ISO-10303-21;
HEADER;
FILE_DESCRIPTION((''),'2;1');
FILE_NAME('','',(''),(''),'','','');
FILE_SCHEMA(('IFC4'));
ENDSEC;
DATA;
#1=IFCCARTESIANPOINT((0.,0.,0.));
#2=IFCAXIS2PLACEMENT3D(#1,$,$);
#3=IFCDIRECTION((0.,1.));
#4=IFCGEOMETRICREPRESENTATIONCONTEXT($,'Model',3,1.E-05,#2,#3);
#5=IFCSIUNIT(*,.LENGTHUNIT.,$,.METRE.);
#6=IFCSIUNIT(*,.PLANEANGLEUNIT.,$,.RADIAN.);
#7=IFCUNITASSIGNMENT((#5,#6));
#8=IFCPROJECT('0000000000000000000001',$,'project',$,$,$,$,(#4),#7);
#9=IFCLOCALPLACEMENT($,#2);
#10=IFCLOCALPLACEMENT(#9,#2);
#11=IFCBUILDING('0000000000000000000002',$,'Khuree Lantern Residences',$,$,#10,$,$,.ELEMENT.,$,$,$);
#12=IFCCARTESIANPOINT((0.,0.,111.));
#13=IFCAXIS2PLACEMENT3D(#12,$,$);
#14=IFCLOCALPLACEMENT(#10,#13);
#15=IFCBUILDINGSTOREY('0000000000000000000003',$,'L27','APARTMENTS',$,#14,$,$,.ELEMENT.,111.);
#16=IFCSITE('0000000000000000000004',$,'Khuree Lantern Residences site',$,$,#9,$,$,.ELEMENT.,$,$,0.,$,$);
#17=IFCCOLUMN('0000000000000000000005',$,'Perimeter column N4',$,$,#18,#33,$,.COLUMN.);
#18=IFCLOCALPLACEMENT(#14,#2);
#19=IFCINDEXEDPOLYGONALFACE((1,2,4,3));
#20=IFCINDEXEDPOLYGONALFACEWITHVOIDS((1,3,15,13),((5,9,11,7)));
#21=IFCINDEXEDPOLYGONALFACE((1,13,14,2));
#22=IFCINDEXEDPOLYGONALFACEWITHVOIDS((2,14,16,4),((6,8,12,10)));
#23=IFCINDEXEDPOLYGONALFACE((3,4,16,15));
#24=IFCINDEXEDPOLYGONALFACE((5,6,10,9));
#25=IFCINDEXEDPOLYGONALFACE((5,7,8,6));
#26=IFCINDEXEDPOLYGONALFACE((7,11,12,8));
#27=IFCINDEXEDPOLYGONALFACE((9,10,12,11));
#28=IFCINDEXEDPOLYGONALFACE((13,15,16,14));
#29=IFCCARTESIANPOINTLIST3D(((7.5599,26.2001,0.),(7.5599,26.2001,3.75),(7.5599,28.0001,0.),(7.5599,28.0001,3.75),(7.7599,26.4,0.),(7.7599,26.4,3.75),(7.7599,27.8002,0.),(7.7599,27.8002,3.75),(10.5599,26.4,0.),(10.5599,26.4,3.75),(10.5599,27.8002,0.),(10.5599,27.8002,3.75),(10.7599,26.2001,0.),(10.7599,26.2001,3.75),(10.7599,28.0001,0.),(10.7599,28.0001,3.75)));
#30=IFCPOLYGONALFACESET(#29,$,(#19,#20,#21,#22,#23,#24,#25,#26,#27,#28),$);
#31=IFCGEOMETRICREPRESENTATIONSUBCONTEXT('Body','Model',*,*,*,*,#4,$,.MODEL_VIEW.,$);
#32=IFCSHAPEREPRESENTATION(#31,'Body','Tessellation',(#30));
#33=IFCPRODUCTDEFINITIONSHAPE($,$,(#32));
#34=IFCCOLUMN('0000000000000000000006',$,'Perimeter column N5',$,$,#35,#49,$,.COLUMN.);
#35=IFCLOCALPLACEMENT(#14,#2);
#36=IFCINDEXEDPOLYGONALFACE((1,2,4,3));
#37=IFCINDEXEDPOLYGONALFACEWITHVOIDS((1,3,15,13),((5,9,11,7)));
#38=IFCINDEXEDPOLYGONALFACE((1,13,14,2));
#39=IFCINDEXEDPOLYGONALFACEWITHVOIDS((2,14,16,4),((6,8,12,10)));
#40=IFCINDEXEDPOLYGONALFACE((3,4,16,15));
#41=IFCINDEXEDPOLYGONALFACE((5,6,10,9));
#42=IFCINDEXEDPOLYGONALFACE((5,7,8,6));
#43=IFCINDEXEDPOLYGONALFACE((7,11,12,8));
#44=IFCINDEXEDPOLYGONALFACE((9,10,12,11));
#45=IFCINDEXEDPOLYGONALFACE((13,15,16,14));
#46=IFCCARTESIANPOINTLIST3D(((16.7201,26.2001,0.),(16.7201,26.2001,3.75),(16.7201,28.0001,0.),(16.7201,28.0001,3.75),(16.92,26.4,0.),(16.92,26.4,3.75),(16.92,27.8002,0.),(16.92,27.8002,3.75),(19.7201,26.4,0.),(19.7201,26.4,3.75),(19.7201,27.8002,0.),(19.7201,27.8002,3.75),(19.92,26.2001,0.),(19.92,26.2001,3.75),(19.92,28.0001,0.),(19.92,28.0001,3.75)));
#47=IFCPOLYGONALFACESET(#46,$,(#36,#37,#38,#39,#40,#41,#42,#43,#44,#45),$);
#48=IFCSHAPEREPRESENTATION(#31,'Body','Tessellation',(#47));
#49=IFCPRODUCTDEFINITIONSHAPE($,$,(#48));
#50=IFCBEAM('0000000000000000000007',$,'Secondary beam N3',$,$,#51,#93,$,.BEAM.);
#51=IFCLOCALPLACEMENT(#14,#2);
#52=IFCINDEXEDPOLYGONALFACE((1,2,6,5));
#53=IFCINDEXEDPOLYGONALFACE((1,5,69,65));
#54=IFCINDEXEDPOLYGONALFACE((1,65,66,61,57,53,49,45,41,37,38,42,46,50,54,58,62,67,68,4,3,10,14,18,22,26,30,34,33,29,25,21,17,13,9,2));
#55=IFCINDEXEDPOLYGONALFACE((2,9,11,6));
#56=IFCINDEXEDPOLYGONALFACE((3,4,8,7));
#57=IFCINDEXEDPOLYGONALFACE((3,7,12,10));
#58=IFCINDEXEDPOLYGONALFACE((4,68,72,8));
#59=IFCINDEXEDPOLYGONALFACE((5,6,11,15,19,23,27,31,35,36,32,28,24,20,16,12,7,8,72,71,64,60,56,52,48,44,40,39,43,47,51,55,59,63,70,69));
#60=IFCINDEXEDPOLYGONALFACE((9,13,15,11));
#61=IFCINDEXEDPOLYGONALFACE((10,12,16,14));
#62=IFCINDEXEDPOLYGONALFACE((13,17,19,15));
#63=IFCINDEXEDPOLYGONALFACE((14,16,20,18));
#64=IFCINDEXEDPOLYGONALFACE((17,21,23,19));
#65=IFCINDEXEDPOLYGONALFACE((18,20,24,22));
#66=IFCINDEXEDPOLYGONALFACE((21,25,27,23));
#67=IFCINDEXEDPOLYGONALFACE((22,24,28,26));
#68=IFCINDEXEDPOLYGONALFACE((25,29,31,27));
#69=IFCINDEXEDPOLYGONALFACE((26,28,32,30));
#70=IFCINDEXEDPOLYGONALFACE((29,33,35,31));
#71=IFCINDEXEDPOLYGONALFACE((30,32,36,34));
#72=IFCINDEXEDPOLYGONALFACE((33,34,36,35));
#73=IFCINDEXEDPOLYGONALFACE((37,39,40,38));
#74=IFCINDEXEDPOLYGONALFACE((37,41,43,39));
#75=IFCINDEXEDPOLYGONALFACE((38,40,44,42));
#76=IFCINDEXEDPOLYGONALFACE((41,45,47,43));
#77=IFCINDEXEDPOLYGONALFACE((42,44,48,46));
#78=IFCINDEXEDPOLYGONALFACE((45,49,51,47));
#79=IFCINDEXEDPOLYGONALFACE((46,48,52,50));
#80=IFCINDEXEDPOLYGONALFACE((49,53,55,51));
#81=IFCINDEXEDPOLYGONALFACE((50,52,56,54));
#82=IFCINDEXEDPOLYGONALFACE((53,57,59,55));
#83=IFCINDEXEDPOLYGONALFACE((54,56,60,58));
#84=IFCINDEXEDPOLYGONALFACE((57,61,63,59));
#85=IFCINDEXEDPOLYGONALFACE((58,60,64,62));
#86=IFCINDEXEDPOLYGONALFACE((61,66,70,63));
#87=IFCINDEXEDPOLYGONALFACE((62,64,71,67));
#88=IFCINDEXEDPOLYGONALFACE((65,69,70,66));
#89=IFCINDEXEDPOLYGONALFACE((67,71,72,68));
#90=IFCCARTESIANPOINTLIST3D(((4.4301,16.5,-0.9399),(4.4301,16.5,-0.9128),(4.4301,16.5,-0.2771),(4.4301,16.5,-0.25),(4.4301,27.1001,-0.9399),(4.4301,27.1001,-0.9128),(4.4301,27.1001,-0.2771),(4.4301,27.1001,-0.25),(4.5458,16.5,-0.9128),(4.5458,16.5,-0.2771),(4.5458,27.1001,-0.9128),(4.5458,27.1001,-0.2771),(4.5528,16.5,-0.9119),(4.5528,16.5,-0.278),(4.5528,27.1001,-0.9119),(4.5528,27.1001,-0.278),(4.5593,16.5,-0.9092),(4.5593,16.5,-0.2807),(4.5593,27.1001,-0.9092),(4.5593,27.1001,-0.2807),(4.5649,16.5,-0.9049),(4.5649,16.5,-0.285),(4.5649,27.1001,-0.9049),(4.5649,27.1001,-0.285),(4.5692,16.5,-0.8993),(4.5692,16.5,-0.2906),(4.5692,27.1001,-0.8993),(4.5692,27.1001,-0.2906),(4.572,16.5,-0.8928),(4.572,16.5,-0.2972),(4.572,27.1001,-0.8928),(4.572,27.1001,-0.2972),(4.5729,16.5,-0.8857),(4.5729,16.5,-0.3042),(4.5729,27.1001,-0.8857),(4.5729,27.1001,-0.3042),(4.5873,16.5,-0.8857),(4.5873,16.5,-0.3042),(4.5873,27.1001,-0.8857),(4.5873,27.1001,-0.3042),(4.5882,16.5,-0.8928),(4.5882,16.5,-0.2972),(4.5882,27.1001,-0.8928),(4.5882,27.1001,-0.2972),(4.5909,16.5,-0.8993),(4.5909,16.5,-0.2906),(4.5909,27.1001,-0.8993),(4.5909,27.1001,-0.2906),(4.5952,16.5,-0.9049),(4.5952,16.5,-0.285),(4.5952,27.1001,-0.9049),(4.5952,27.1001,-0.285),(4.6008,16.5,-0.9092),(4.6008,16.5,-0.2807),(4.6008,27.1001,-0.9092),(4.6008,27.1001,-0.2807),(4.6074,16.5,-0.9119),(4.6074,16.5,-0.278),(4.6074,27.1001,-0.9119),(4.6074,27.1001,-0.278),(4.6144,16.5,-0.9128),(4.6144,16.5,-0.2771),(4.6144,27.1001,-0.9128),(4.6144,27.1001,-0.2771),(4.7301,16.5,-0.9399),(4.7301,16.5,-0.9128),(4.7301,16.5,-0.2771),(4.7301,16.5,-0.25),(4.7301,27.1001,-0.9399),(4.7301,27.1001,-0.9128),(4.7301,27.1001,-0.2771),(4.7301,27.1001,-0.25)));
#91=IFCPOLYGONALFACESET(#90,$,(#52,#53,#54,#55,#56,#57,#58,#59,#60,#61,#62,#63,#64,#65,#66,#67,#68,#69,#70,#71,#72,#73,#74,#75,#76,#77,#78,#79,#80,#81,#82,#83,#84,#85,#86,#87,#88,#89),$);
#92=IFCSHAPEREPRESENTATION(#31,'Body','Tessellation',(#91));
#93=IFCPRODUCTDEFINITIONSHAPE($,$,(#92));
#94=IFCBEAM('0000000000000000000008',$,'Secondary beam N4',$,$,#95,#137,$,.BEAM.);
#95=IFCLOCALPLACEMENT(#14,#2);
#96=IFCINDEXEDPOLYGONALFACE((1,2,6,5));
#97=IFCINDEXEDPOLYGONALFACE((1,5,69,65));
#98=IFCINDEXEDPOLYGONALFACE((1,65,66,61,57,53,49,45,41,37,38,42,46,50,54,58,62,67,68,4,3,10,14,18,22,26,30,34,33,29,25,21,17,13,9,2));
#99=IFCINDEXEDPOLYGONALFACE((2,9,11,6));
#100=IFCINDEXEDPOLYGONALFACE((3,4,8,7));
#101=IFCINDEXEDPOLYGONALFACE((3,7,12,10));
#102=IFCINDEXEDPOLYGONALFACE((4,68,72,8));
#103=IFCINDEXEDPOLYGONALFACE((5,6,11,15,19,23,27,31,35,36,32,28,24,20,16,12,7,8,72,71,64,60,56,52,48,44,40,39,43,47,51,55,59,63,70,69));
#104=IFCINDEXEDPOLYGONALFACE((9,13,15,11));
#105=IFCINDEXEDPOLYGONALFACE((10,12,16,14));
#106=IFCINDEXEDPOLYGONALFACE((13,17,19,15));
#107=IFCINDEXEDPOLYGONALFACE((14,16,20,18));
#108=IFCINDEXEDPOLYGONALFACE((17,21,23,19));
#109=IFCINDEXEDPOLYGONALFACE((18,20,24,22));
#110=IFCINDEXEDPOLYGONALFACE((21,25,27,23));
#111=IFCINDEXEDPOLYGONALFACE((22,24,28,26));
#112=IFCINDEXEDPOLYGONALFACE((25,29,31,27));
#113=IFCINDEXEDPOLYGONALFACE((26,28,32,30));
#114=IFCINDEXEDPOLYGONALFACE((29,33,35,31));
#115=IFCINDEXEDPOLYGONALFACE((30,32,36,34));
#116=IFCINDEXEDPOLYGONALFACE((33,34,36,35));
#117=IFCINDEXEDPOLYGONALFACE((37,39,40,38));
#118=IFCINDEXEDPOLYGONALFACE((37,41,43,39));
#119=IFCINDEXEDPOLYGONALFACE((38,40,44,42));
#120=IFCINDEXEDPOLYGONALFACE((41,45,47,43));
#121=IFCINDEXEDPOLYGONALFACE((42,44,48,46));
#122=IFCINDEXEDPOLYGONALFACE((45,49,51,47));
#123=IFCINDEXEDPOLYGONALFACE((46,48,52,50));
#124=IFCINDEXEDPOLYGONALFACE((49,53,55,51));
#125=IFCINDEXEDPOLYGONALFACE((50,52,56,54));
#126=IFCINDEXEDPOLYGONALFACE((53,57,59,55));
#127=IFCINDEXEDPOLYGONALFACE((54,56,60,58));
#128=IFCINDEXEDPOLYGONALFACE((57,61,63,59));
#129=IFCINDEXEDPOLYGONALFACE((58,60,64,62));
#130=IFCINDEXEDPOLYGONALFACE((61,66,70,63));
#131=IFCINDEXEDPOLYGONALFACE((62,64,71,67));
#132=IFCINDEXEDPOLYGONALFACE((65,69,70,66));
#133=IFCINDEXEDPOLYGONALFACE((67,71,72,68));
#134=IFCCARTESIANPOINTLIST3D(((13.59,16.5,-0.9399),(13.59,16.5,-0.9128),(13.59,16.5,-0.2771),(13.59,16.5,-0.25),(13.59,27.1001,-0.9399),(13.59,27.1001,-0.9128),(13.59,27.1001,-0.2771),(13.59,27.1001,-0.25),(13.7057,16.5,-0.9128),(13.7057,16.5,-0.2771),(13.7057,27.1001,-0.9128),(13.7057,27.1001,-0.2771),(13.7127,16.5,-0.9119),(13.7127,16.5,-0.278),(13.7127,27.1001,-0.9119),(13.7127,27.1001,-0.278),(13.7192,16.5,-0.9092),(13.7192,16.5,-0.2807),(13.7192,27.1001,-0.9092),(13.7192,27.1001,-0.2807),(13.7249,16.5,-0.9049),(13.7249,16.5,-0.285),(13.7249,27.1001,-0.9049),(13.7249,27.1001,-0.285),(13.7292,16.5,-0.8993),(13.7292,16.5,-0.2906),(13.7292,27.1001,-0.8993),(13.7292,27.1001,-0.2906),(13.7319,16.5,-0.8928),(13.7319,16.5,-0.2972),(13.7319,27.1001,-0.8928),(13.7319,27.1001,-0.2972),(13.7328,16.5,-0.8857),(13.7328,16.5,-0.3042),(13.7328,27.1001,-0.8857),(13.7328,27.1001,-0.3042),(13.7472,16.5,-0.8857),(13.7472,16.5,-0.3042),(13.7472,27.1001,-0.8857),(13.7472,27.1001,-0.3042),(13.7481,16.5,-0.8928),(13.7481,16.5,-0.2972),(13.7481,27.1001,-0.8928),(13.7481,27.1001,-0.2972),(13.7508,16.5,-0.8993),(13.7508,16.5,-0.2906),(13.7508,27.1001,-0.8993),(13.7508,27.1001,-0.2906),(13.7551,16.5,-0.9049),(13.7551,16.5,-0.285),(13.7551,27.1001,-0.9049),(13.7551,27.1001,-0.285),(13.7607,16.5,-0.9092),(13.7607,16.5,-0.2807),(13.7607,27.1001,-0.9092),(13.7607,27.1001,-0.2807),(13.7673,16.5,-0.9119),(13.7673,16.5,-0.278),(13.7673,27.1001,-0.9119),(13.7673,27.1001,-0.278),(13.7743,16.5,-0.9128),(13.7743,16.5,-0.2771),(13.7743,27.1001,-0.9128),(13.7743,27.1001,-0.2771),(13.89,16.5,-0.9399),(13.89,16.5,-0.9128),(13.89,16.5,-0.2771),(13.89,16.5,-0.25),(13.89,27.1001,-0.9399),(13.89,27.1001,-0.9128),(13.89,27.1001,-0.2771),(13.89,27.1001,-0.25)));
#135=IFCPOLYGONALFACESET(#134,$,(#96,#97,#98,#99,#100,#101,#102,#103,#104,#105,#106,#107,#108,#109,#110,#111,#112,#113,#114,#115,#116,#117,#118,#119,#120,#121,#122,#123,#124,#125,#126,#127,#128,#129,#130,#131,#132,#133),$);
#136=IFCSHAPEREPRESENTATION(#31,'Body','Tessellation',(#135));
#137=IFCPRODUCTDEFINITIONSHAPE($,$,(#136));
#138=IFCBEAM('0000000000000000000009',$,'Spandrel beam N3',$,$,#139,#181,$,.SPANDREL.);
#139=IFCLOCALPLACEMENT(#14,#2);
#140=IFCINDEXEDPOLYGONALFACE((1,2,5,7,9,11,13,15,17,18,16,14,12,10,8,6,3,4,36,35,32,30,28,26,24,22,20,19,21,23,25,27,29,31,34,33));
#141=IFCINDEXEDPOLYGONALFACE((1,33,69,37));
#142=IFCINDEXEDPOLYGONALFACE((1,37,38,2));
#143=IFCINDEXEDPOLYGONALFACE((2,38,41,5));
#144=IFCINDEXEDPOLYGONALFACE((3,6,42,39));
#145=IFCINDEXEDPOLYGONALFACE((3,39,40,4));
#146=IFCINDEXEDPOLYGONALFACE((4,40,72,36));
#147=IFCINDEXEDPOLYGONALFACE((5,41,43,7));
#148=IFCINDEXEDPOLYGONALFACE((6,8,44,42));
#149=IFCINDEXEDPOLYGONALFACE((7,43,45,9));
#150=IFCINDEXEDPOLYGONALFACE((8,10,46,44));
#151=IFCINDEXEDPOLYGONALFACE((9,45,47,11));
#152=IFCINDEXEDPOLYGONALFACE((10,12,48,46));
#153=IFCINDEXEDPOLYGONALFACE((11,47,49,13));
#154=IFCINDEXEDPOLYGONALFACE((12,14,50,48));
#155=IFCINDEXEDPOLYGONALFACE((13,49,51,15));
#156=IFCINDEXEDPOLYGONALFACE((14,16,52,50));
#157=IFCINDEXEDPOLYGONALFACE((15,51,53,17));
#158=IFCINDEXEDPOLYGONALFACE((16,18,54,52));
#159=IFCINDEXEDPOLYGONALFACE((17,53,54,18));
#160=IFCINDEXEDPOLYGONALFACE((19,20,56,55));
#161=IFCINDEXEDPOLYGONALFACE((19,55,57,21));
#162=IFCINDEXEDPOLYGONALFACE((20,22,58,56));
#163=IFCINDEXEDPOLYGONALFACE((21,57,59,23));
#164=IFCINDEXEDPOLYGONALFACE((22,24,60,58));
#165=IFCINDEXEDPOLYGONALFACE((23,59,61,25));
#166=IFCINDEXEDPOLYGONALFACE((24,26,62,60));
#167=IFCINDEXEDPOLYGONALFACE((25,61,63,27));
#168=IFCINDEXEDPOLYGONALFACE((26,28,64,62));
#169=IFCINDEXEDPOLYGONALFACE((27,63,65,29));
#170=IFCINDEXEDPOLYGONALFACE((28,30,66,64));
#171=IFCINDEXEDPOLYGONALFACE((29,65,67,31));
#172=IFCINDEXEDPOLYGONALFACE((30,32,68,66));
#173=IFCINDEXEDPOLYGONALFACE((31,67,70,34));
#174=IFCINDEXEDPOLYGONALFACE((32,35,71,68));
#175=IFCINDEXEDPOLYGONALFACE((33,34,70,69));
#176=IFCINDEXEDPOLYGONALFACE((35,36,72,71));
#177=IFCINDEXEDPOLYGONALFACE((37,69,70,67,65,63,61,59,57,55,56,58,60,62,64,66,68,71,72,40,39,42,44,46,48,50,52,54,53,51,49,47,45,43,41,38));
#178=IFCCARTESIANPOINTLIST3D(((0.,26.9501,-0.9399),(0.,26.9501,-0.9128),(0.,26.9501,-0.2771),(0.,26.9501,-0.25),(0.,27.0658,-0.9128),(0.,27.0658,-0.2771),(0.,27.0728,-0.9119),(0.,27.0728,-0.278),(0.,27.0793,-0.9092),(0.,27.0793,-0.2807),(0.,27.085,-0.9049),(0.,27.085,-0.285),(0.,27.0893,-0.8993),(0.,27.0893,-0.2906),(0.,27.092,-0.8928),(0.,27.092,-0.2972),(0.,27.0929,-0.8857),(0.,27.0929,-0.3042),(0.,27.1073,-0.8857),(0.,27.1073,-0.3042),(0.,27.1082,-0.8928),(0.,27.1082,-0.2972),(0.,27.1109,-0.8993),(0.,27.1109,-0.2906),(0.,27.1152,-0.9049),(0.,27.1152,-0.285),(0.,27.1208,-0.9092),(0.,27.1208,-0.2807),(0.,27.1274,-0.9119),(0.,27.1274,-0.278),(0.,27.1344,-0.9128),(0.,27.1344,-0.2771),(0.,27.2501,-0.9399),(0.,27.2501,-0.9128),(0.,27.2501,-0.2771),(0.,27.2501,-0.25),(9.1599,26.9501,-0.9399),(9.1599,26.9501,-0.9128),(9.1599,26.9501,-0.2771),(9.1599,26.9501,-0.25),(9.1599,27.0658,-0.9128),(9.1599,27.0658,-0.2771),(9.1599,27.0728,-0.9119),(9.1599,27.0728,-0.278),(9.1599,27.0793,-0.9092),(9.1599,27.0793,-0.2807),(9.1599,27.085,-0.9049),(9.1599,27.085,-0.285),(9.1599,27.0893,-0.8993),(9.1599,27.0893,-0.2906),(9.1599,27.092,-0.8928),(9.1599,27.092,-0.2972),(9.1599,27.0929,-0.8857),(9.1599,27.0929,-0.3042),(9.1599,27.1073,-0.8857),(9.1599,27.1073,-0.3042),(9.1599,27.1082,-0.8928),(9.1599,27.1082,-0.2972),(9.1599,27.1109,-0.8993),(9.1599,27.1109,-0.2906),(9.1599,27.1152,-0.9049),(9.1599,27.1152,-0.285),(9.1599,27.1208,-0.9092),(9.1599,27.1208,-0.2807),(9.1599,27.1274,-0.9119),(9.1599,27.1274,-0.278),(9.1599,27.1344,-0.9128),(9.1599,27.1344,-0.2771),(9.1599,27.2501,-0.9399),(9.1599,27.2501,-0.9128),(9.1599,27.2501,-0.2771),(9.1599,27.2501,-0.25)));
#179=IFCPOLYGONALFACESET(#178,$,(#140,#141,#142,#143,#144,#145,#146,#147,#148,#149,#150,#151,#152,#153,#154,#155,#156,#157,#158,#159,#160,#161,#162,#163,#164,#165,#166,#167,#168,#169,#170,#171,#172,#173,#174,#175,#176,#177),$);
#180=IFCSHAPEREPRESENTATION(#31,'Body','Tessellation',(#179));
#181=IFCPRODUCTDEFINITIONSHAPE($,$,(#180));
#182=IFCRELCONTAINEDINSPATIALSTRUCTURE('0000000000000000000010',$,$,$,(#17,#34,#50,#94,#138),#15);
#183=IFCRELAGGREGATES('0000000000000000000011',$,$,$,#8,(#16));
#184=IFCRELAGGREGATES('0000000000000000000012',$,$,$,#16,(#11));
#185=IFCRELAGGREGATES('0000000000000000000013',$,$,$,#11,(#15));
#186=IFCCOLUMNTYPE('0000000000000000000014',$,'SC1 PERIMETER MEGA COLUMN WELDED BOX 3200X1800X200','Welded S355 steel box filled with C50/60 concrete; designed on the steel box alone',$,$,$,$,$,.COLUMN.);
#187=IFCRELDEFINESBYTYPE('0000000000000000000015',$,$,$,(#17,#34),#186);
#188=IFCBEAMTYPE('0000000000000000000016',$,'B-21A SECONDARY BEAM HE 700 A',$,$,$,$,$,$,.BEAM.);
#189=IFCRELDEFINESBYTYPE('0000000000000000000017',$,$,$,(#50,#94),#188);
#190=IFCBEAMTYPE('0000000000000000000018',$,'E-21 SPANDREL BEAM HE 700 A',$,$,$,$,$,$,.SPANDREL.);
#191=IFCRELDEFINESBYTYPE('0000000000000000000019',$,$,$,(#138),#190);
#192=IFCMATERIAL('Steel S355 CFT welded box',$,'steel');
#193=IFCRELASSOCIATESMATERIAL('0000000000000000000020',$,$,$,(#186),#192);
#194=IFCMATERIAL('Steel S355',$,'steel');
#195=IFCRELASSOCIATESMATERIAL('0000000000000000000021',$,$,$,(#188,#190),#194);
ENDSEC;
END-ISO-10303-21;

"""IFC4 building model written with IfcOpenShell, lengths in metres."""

from ifc_helpers import new_model, si_unit, direction, frame, origin, origin_2d, place, context, subcontext, project, spatial, hollow_rectangle, i_section, extrude, material, material_profile, profile_set, type_object, element, save


model = new_model("IFC4")

# Units and contexts
model_context = context("Model", 3, precision=1e-05, world=origin(), true_north=direction((0.0, 1.0)))
body_context = subcontext(model_context, "Body", "Model", "MODEL_VIEW")
ifc_project = project(units=[si_unit("LENGTHUNIT", "METRE"), si_unit("PLANEANGLEUNIT", "RADIAN")], contexts=[model_context])

# Site, building, storey
site_placement = place(None, origin())
site = spatial("IfcSite", under=ifc_project, at=site_placement, Name="Khuree Lantern Residences site", CompositionType="ELEMENT", RefElevation=0.0)
building_placement = place(site_placement, origin())
building = spatial("IfcBuilding", under=site, at=building_placement, Name="Khuree Lantern Residences", CompositionType="ELEMENT")
storey_placement = place(building_placement, frame((0.0, 0.0, 111.0)))
storey = spatial("IfcBuildingStorey", under=building, at=storey_placement, Name="L27", Description="APARTMENTS", CompositionType="ELEMENT", Elevation=111.0)

# Columns
ifc_material_1 = material(Name="Steel S355 CFT welded box", Category="steel")
ifc_material_profile_1 = material_profile(ifc_material_1, hollow_rectangle(XDim=3.2, YDim=1.8, WallThickness=0.2, at=origin_2d()), Name="WELDED BOX 3200X1800X200")
ifc_profile_set_1 = profile_set([ifc_material_profile_1], Name="Steel S355 CFT welded box")
column_type = type_object("IfcColumnType", Name="SC1 PERIMETER MEGA COLUMN WELDED BOX 3200X1800X200", Description="Welded S355 steel box filled with C50/60 concrete; designed on the steel box alone", PredefinedType="COLUMN", material=ifc_profile_set_1)
for number, where, z_axis, x_axis, name in (
    (1, (9.1599, 27.1001, 0.0), (0.0, 0.0, 1.0), (1.0, 0.0, 0.0), "Perimeter column N4"),
    (2, (18.3201, 27.1001, 0.0), (0.0, 0.0, 1.0), (1.0, 0.0, 0.0), "Perimeter column N5"),
):
    element("IfcColumn", number, at=place(storey_placement, frame(where, z_axis=z_axis, x_axis=x_axis)), inside=storey, type_object=column_type, Name=name, PredefinedType="COLUMN", context=body_context, shape_type="SweptSolid", body=[
        extrude(hollow_rectangle(XDim=3.2, YDim=1.8, WallThickness=0.2, at=origin_2d()), origin(), (0.0, 0.0, 1.0), 3.75),
    ])

# Beams
ifc_material_2 = material(Name="Steel S355", Category="steel")
ifc_material_profile_2 = material_profile(ifc_material_2, i_section(OverallWidth=0.3, OverallDepth=0.6899, WebThickness=0.0144, FlangeThickness=0.0271, FilletRadius=0.0271, at=origin_2d()), Name="HE 700 A")
ifc_profile_set_2 = profile_set([ifc_material_profile_2], Name="Steel S355")
beam_type_1 = type_object("IfcBeamType", Name="B-21A SECONDARY BEAM HE 700 A", PredefinedType="BEAM", material=ifc_profile_set_2)
for number, where, z_axis, x_axis, name in (
    (3, (4.5801, 27.1001, -0.595), (0.0, -1.0, 0.0), (1.0, 0.0, 0.0), "Secondary beam N3"),
    (4, (13.74, 27.1001, -0.595), (0.0, -1.0, 0.0), (1.0, 0.0, 0.0), "Secondary beam N4"),
):
    element("IfcBeam", number, at=place(storey_placement, frame(where, z_axis=z_axis, x_axis=x_axis)), inside=storey, type_object=beam_type_1, Name=name, PredefinedType="BEAM", context=body_context, shape_type="SweptSolid", body=[
        extrude(i_section(OverallWidth=0.3, OverallDepth=0.6899, WebThickness=0.0144, FlangeThickness=0.0271, FilletRadius=0.0271, at=origin_2d()), origin(), (0.0, 0.0, 1.0), 10.6001),
    ])
ifc_material_profile_3 = material_profile(ifc_material_2, i_section(OverallWidth=0.3, OverallDepth=0.6899, WebThickness=0.0144, FlangeThickness=0.0271, FilletRadius=0.0271, at=origin_2d()), Name="HE 700 A")
ifc_profile_set_3 = profile_set([ifc_material_profile_3], Name="Steel S355")
beam_type_2 = type_object("IfcBeamType", Name="E-21 SPANDREL BEAM HE 700 A", PredefinedType="SPANDREL", material=ifc_profile_set_3)
beam_1_placement = place(storey_placement, frame((0.0, 27.1001, -0.595), z_axis=(1.0, 0.0, 0.0), x_axis=(0.0, 1.0, 0.0)))
element("IfcBeam", 5, at=beam_1_placement, inside=storey, type_object=beam_type_2, Name="Spandrel beam N3", PredefinedType="SPANDREL", context=body_context, shape_type="SweptSolid", body=[
    extrude(i_section(OverallWidth=0.3, OverallDepth=0.6899, WebThickness=0.0144, FlangeThickness=0.0271, FilletRadius=0.0271, at=origin_2d()), origin(), (0.0, 0.0, 1.0), 9.1599),
])

save(model, "model.ifc")
